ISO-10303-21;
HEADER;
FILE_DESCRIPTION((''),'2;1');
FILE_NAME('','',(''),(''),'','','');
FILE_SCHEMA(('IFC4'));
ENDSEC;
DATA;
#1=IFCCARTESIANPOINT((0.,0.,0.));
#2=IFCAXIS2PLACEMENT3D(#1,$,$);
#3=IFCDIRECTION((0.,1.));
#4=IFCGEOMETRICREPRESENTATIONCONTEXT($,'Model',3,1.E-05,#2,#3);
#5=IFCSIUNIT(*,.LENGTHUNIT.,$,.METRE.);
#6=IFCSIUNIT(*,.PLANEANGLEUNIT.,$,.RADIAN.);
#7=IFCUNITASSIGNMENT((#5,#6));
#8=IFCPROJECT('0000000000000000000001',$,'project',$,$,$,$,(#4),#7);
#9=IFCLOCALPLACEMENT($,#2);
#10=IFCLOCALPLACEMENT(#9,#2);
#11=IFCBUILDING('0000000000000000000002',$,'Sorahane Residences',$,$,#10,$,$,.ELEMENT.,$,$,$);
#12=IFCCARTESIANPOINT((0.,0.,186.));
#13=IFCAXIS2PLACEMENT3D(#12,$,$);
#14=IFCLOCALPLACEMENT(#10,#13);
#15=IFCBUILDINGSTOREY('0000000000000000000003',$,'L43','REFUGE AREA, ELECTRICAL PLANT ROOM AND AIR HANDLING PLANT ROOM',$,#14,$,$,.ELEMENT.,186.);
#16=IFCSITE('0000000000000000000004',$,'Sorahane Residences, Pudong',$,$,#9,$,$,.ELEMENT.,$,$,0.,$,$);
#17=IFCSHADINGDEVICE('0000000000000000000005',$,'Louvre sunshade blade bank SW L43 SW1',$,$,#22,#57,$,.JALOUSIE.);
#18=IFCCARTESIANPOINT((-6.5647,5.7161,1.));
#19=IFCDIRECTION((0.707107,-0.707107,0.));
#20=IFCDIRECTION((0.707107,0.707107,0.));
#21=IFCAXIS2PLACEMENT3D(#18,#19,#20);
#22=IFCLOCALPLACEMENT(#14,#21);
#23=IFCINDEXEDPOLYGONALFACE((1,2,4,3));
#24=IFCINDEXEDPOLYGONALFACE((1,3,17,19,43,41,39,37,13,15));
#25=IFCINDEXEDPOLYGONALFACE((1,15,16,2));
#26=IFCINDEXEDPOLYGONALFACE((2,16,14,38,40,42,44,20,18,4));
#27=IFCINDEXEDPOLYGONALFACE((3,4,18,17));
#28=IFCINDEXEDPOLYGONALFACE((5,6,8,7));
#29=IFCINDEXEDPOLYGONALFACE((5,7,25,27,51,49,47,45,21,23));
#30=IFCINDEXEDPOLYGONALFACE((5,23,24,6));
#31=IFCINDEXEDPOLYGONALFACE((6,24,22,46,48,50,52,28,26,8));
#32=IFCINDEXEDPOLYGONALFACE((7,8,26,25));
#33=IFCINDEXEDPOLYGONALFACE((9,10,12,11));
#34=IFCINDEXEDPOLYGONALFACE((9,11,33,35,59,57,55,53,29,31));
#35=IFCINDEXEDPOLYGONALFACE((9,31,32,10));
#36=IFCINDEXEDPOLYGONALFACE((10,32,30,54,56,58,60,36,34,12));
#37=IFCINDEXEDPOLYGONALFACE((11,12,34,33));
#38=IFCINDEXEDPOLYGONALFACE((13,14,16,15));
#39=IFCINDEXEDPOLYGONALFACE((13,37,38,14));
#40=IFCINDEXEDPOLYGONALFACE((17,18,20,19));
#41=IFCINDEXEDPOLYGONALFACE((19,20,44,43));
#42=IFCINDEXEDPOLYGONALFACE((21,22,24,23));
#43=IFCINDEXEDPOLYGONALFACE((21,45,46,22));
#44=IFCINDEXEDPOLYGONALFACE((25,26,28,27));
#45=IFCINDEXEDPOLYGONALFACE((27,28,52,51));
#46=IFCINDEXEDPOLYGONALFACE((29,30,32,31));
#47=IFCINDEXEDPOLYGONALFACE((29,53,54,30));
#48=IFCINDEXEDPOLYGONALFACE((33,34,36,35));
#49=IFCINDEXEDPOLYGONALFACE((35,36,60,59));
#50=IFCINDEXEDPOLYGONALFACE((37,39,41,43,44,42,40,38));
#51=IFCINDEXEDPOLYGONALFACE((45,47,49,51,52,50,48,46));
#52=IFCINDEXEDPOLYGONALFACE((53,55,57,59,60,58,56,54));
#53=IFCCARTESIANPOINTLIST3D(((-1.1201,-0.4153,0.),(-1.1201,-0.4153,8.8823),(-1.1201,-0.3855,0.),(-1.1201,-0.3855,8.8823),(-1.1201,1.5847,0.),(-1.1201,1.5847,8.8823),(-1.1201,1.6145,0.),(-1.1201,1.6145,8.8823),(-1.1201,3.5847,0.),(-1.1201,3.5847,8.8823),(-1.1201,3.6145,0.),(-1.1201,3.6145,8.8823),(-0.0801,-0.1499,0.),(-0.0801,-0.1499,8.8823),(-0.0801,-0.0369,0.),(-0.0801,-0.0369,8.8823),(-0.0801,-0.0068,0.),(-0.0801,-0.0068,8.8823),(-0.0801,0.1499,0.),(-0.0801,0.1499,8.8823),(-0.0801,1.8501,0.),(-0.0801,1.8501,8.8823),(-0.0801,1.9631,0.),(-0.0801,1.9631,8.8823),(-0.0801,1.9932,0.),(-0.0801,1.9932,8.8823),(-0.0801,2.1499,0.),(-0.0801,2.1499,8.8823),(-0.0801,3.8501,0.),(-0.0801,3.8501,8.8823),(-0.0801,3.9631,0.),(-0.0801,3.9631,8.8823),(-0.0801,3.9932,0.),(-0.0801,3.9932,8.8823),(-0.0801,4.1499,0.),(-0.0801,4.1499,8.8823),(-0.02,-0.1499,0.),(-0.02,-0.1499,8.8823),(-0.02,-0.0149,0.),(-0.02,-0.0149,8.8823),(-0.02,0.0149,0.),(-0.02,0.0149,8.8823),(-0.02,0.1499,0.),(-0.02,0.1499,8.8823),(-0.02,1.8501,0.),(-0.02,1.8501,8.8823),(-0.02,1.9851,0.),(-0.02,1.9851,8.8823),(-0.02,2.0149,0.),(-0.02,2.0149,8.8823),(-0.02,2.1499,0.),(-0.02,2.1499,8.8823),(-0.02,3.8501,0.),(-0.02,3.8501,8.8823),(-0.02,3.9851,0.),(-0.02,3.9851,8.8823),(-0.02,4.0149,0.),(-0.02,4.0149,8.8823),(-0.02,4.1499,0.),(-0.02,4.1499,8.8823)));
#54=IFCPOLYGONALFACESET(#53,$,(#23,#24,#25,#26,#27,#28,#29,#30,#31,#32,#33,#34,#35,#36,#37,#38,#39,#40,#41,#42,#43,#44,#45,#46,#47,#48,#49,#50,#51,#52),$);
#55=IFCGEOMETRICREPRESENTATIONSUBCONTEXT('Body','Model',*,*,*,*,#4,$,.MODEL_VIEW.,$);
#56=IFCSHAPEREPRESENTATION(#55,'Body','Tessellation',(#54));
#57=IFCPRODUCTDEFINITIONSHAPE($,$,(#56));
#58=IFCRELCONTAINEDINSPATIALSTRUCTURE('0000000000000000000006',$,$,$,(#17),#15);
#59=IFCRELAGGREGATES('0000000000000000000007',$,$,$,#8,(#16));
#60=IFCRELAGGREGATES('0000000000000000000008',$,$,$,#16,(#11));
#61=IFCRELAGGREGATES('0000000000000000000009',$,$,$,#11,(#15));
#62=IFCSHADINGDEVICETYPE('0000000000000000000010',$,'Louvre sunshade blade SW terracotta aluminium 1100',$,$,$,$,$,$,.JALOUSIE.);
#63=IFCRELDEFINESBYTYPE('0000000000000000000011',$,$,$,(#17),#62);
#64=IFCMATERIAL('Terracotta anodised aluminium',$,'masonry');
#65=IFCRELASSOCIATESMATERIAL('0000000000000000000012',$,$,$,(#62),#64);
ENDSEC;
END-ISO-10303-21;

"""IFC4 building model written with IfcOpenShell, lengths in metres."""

from ifc_helpers import new_model, si_unit, direction, frame, origin, place, context, subcontext, project, spatial, polyline, outline, composite_profile, extrude, material, type_object, element, save


model = new_model("IFC4")

# Units and contexts
model_context = context("Model", 3, precision=1e-05, world=origin(), true_north=direction((0.0, 1.0)))
body_context = subcontext(model_context, "Body", "Model", "MODEL_VIEW")
ifc_project = project(units=[si_unit("LENGTHUNIT", "METRE"), si_unit("PLANEANGLEUNIT", "RADIAN")], contexts=[model_context])

# Site, building, storey
site_placement = place(None, origin())
site = spatial("IfcSite", under=ifc_project, at=site_placement, Name="Sorahane Residences, Pudong", CompositionType="ELEMENT", RefElevation=0.0)
building_placement = place(site_placement, origin())
building = spatial("IfcBuilding", under=site, at=building_placement, Name="Sorahane Residences", CompositionType="ELEMENT")
storey_placement = place(building_placement, frame((0.0, 0.0, 186.0)))
storey = spatial("IfcBuildingStorey", under=building, at=storey_placement, Name="L43", Description="REFUGE AREA, ELECTRICAL PLANT ROOM AND AIR HANDLING PLANT ROOM", CompositionType="ELEMENT", Elevation=186.0)

# Shading device
ifc_material_1 = material(Name="Terracotta anodised aluminium", Category="masonry")
shading_device_type = type_object("IfcShadingDeviceType", Name="Louvre sunshade blade SW terracotta aluminium 1100", PredefinedType="JALOUSIE", material=ifc_material_1)
shading_device_placement = place(storey_placement, frame((-6.5647, 5.7161, 1.0), z_axis=(0.707107, -0.707107, 0.0), x_axis=(0.707107, 0.707107, 0.0)))
element("IfcShadingDevice", 1, at=shading_device_placement, inside=storey, type_object=shading_device_type, Name="Louvre sunshade blade bank SW L43 SW1", PredefinedType="JALOUSIE", context=body_context, shape_type="SweptSolid", body=[
    extrude(composite_profile([outline(polyline([(-1.1201, -0.3855), (-1.1201, -0.4153), (-0.0801, -0.0369), (-0.0801, -0.1499), (-0.02, -0.1499), (-0.02, -0.0149), (-0.02, 0.0149), (-0.02, 0.1499), (-0.0801, 0.1499), (-0.0801, -0.0068), (-1.1201, -0.3855)])), outline(polyline([(-1.1201, 1.6145), (-1.1201, 1.5847), (-0.0801, 1.9631), (-0.0801, 1.8501), (-0.02, 1.8501), (-0.02, 1.9851), (-0.02, 2.0149), (-0.02, 2.1499), (-0.0801, 2.1499), (-0.0801, 1.9932), (-1.1201, 1.6145)])), outline(polyline([(-1.1201, 3.6145), (-1.1201, 3.5847), (-0.0801, 3.9631), (-0.0801, 3.8501), (-0.02, 3.8501), (-0.02, 3.9851), (-0.02, 4.0149), (-0.02, 4.1499), (-0.0801, 4.1499), (-0.0801, 3.9932), (-1.1201, 3.6145)]))]), origin(), (0.0, 0.0, 1.0), 8.8823),
])

save(model, "model.ifc")
